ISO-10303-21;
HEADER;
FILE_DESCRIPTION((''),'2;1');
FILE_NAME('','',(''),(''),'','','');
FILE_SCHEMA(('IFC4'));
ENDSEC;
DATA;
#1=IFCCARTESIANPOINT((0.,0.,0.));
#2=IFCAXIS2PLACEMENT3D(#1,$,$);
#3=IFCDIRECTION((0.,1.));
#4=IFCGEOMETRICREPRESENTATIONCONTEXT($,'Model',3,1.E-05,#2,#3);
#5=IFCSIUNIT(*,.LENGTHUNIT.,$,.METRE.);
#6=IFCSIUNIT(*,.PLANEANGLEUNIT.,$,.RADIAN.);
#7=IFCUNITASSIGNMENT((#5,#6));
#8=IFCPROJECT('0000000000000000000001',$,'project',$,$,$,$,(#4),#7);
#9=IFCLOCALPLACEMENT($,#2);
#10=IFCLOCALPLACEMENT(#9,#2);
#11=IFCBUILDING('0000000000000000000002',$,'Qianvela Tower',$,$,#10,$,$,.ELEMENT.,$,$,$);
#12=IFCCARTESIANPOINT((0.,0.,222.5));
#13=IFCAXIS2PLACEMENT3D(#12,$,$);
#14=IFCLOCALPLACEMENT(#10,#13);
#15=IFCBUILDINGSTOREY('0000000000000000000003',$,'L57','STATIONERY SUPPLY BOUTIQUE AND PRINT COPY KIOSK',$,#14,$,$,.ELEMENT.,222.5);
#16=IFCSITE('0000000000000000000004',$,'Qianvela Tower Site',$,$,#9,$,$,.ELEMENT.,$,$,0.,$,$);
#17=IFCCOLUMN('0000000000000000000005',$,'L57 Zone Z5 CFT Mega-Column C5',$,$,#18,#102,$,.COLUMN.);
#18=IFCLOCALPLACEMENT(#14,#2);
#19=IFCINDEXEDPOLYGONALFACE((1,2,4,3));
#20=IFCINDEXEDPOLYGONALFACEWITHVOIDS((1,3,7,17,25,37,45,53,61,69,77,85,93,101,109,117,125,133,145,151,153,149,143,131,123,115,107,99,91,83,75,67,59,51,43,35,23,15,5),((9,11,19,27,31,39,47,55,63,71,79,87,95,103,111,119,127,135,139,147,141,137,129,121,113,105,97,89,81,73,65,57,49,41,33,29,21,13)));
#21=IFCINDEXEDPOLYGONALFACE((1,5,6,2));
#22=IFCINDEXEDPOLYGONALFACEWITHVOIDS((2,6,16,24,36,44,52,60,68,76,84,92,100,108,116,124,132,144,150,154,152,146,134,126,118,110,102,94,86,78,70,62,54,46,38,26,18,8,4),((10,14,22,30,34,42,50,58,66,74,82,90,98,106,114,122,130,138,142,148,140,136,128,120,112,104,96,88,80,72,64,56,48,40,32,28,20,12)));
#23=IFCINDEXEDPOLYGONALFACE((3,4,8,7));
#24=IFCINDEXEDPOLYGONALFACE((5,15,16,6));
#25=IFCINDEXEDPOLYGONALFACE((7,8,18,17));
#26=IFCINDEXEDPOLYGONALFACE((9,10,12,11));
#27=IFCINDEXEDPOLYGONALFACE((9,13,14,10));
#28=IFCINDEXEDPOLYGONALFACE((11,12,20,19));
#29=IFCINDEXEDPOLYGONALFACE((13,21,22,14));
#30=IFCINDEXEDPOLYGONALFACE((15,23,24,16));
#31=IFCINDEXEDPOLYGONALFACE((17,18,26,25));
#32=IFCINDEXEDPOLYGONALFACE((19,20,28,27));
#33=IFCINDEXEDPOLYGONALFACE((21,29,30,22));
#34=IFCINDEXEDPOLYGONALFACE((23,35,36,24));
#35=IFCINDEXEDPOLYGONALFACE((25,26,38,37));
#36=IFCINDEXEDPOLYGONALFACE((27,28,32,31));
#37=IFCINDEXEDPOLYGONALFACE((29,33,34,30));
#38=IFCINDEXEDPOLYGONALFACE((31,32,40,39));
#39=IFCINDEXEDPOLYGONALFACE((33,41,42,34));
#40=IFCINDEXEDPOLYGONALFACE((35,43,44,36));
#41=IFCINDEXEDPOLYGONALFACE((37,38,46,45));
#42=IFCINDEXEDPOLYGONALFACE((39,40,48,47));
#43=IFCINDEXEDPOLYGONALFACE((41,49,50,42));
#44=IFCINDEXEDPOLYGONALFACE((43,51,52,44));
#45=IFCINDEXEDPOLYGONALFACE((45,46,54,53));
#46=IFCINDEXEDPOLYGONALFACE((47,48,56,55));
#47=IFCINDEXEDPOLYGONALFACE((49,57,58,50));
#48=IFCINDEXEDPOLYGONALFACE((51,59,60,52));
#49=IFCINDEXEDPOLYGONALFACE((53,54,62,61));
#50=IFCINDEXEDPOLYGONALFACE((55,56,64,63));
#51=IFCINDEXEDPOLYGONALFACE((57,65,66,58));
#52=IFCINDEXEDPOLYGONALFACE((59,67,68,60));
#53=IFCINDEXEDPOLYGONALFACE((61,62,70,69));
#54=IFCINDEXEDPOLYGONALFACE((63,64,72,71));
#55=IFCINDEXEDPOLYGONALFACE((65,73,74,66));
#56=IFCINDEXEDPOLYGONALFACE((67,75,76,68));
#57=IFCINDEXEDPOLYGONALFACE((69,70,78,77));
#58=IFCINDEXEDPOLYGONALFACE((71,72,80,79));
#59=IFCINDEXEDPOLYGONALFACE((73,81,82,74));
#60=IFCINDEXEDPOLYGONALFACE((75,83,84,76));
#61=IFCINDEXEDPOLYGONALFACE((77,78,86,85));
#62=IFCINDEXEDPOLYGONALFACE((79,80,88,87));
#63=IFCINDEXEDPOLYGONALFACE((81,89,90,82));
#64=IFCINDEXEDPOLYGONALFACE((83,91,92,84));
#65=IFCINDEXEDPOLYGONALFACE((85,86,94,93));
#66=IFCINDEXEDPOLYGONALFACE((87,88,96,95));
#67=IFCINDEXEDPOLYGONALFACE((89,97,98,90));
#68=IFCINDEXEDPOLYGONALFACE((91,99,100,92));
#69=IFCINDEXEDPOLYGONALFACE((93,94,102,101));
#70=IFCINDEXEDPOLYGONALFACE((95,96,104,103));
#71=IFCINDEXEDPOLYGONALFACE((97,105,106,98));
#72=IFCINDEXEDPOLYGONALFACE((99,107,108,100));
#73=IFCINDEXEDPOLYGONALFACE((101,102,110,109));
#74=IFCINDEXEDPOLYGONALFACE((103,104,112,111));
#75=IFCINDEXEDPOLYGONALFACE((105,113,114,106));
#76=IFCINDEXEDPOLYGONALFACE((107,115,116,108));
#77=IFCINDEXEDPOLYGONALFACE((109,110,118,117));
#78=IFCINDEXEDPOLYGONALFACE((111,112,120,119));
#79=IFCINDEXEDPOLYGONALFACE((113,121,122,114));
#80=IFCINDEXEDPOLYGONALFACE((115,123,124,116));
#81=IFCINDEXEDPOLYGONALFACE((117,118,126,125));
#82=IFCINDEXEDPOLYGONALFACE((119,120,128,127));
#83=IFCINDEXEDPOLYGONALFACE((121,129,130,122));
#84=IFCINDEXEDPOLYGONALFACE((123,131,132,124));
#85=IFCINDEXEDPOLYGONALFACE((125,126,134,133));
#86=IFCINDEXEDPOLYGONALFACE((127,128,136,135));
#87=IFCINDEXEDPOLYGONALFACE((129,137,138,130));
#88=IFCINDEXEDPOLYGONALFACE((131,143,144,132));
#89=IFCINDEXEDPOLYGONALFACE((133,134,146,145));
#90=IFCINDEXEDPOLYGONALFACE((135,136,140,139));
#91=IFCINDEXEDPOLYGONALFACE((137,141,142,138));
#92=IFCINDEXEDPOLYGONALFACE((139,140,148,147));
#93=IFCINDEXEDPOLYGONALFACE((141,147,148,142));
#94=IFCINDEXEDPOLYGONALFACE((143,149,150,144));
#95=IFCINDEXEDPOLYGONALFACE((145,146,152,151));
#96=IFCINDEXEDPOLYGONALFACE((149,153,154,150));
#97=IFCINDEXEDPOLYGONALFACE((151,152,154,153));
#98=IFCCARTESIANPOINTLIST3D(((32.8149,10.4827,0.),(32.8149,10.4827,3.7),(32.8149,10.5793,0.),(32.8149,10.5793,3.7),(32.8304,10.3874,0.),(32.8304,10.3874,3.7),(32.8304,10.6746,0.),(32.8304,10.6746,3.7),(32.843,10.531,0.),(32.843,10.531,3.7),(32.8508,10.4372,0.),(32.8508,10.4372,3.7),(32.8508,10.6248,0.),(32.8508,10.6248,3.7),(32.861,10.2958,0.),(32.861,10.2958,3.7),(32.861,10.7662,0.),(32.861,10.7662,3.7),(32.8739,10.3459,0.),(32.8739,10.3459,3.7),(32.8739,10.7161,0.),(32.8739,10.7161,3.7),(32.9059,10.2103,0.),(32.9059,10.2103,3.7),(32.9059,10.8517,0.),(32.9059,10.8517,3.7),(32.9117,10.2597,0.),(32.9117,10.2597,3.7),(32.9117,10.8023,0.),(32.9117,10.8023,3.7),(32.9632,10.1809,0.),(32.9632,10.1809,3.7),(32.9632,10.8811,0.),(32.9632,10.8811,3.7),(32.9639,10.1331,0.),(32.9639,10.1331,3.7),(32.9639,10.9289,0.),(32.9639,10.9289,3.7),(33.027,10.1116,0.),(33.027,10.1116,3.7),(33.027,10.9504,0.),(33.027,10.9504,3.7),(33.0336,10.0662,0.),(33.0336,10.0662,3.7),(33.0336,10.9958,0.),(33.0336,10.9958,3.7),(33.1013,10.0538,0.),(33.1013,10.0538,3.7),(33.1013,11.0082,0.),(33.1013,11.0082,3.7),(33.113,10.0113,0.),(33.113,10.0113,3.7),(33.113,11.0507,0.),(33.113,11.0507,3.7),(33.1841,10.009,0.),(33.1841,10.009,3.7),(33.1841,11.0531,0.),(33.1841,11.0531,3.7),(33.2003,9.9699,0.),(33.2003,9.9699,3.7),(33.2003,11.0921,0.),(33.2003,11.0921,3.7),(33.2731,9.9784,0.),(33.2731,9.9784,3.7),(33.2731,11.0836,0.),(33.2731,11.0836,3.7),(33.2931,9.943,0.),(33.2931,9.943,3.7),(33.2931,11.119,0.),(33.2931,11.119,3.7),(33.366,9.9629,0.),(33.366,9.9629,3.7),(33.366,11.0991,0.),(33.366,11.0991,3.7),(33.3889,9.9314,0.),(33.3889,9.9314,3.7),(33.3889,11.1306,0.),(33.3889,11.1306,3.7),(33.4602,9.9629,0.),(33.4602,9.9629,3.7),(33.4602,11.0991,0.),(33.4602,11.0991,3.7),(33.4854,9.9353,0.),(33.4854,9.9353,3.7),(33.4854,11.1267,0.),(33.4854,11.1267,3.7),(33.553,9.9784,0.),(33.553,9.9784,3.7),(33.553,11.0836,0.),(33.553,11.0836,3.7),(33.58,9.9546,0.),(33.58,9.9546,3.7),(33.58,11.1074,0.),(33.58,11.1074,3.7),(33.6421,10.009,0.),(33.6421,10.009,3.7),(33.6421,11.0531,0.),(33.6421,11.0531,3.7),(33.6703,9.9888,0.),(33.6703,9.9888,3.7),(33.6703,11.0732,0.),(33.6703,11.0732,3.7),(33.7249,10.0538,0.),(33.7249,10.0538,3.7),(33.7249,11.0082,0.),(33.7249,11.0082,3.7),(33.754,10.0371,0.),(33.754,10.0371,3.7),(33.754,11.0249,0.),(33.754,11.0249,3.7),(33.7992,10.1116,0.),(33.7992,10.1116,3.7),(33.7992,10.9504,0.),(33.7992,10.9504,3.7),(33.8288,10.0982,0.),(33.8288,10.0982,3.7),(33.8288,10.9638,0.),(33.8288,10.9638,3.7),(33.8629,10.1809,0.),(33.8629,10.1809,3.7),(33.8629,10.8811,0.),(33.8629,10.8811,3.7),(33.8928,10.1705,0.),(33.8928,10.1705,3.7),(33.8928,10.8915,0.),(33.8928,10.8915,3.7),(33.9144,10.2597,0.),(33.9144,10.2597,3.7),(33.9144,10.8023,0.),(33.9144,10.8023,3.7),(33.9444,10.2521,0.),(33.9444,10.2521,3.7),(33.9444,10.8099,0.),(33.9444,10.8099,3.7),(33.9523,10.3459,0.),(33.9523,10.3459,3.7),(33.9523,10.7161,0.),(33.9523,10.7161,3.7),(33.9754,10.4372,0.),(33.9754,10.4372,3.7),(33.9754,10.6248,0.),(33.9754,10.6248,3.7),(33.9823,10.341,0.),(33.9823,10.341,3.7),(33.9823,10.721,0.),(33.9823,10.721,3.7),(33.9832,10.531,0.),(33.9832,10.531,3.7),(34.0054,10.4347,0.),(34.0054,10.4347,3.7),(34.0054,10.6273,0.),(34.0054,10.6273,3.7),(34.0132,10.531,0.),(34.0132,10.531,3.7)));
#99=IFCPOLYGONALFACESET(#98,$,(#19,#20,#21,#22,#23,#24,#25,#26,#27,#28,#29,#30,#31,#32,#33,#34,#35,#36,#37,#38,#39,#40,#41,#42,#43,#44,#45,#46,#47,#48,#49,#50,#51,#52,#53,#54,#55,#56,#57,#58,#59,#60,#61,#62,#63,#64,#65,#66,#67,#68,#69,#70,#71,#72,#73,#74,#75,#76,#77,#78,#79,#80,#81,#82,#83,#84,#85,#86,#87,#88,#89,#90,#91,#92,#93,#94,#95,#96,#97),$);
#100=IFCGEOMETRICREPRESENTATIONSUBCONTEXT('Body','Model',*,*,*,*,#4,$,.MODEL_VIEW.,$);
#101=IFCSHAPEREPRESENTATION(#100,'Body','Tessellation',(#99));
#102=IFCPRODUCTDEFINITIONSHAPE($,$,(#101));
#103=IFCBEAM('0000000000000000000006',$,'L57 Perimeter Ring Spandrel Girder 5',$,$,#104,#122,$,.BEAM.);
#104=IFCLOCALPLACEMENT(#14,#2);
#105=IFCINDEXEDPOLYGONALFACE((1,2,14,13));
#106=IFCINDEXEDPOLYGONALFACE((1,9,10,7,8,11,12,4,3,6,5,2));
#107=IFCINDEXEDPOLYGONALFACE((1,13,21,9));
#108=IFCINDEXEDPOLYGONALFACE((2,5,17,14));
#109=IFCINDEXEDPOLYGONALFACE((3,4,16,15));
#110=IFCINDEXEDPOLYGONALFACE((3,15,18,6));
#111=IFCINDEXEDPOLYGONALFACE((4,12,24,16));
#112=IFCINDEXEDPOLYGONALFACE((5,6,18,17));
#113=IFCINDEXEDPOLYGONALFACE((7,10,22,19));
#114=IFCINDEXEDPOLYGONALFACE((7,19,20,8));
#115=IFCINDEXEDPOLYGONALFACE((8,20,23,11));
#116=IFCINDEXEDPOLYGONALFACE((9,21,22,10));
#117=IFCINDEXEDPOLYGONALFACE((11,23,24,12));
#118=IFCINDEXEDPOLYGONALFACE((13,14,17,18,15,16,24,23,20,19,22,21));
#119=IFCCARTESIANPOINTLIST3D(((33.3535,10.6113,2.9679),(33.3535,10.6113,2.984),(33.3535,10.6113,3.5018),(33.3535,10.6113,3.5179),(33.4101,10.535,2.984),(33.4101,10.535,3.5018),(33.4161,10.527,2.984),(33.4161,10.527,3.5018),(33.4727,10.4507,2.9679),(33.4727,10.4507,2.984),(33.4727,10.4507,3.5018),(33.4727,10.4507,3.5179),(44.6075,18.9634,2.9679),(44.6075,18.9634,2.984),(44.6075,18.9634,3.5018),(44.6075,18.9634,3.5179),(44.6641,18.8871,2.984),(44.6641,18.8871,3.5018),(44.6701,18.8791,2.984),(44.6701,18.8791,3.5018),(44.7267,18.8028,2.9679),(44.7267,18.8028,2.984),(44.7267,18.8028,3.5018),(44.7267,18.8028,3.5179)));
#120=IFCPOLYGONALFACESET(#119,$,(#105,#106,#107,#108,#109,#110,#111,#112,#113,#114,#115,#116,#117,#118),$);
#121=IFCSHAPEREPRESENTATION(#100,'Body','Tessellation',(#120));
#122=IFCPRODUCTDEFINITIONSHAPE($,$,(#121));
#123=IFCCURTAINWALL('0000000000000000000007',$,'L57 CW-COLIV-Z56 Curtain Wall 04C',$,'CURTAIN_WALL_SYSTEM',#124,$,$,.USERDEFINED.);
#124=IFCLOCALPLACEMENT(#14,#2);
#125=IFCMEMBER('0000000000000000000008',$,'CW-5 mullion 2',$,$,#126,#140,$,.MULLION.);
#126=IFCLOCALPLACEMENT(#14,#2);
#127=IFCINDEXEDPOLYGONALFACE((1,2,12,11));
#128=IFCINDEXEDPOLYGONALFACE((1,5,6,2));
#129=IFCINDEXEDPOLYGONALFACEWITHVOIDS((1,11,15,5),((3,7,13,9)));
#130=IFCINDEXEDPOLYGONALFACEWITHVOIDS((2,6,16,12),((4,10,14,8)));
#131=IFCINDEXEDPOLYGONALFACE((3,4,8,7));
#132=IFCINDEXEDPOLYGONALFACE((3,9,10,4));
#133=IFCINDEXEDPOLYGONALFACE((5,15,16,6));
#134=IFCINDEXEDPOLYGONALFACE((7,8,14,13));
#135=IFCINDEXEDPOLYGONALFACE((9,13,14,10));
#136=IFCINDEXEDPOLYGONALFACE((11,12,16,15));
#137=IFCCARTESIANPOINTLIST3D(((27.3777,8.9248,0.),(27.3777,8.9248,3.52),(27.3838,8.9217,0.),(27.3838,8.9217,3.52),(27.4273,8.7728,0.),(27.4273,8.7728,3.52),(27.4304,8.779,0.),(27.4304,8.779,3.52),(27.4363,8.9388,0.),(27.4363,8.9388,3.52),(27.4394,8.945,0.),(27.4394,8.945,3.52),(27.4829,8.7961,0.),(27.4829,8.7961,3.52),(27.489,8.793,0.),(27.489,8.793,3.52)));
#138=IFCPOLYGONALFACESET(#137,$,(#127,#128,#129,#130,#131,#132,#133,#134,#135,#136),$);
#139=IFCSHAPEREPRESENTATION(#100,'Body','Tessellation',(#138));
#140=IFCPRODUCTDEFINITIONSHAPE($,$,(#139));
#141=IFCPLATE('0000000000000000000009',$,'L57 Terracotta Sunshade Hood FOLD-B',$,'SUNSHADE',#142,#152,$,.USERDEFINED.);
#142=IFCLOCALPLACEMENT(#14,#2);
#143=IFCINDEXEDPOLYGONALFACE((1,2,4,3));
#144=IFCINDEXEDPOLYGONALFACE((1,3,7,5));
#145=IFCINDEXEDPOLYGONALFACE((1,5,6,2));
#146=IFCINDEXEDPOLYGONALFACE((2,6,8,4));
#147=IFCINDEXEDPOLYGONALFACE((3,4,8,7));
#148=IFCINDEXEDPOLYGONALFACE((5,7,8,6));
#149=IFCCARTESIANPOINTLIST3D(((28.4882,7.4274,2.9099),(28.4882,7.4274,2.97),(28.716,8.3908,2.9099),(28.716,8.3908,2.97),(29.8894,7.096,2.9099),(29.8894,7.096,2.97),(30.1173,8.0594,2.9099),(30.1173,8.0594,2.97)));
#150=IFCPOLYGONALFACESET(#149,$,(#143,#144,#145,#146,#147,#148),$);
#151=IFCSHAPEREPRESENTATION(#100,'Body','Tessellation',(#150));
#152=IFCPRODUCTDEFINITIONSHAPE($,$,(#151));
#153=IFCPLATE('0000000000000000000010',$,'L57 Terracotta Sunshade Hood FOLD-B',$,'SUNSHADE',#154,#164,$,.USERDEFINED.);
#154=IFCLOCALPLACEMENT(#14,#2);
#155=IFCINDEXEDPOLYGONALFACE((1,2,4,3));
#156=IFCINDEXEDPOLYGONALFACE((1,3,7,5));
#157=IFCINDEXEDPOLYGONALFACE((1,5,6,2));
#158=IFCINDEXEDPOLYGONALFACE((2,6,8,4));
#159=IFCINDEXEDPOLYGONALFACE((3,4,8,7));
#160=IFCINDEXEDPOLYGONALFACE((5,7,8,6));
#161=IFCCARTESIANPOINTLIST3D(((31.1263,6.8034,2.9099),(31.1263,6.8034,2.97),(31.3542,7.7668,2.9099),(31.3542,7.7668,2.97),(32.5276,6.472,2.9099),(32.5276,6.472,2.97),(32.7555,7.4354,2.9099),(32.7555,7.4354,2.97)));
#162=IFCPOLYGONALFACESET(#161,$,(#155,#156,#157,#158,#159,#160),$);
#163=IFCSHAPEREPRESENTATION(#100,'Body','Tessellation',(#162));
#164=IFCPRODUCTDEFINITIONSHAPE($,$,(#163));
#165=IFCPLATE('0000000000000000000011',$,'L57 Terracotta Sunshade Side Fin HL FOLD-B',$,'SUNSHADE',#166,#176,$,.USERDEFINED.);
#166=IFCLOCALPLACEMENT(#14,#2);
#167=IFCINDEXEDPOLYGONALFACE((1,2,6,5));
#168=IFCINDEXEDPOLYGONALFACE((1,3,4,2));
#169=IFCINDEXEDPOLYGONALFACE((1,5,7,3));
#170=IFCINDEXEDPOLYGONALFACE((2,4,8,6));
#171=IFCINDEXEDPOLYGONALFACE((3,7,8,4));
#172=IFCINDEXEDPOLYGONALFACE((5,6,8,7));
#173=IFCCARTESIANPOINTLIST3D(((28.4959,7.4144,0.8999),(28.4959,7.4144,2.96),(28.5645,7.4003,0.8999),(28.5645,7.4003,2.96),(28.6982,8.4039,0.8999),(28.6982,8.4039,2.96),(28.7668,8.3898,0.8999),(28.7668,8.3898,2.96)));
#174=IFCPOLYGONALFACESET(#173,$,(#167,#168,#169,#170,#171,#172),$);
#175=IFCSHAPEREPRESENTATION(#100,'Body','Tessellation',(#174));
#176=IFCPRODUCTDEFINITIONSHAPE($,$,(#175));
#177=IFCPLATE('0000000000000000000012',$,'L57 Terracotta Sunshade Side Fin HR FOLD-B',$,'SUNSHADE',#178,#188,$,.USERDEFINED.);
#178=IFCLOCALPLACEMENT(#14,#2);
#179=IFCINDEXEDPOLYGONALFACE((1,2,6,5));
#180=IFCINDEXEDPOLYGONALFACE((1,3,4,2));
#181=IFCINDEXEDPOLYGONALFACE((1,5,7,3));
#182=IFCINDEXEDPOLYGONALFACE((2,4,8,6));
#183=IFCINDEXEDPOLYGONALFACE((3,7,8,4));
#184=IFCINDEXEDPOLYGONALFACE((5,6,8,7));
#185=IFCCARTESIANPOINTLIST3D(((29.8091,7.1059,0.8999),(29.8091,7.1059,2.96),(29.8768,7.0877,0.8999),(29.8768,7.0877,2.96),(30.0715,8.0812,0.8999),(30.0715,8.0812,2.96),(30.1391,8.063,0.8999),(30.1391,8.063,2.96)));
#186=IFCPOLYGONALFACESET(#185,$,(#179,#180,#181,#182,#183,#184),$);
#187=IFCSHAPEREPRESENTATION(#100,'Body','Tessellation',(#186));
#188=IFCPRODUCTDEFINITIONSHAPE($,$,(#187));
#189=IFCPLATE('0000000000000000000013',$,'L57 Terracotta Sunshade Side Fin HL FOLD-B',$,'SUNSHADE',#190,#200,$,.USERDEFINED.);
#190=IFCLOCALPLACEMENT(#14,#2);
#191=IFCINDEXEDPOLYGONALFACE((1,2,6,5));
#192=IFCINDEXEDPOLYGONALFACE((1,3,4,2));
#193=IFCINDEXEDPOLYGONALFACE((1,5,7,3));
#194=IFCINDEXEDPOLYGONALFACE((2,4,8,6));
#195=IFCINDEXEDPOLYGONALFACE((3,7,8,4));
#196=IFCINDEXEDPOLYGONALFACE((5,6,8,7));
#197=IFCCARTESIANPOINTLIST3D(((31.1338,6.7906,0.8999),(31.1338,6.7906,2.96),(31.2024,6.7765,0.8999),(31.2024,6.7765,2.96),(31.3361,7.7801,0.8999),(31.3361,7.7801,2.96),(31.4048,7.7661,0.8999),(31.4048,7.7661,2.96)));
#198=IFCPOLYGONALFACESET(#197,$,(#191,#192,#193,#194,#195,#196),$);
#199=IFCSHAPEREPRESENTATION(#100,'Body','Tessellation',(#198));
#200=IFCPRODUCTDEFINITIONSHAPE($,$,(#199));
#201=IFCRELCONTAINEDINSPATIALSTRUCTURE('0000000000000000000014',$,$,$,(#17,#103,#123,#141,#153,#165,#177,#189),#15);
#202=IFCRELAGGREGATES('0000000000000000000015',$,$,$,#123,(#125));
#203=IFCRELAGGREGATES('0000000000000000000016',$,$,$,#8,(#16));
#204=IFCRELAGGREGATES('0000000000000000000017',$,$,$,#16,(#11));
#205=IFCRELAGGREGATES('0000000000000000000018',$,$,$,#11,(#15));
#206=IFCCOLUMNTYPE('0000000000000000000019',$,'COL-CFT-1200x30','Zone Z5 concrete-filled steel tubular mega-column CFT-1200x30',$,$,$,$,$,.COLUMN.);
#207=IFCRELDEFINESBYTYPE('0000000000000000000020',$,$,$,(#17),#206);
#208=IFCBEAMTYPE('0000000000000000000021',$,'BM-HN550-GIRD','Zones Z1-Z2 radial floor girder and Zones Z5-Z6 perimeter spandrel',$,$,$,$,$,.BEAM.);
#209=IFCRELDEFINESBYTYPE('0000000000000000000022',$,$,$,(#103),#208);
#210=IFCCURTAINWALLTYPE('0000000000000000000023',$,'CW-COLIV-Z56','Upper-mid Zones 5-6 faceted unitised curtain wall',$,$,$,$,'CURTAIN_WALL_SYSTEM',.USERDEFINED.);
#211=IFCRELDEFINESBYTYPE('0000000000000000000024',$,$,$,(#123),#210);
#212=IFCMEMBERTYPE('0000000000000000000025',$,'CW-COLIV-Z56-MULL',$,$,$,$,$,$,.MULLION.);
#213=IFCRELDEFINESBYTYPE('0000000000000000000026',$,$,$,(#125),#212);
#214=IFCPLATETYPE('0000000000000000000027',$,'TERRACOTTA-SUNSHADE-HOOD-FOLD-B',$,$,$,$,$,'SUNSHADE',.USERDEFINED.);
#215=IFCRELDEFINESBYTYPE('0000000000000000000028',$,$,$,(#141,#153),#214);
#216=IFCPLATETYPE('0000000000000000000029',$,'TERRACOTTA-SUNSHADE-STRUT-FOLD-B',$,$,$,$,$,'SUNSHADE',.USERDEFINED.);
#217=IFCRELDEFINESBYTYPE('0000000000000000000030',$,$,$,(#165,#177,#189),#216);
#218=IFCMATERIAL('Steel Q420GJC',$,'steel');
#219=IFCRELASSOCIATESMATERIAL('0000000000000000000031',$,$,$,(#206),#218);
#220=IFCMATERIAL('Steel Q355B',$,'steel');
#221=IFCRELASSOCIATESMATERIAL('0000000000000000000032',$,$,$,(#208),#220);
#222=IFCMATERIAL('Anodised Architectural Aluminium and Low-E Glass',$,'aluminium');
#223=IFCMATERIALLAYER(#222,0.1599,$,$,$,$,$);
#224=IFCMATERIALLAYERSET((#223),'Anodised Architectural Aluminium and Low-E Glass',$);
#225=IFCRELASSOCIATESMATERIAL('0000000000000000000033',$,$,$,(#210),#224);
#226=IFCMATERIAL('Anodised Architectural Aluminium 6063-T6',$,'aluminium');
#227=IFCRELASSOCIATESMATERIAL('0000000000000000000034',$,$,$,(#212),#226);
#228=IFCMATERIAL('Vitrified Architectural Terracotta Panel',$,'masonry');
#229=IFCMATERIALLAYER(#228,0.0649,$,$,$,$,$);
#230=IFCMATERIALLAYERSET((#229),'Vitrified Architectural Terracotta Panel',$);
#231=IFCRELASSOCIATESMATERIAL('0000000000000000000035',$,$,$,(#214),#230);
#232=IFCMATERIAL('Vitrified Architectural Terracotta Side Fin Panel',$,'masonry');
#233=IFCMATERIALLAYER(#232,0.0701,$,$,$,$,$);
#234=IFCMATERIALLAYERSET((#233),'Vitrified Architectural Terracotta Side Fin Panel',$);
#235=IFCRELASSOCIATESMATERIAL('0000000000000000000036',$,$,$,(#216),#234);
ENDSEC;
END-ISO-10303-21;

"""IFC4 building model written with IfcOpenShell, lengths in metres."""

from ifc_helpers import new_model, si_unit, direction, frame, origin, origin_2d, place, context, subcontext, project, spatial, rectangle, hollow_rectangle, hollow_circle, i_section, extrude, material, layer, layer_set, material_profile, profile_set, type_object, element, aggregate, save


model = new_model("IFC4")

# Units and contexts
model_context = context("Model", 3, precision=1e-05, world=origin(), true_north=direction((0.0, 1.0)))
body_context = subcontext(model_context, "Body", "Model", "MODEL_VIEW")
ifc_project = project(units=[si_unit("LENGTHUNIT", "METRE"), si_unit("PLANEANGLEUNIT", "RADIAN")], contexts=[model_context])

# Site, building, storey
site_placement = place(None, origin())
site = spatial("IfcSite", under=ifc_project, at=site_placement, Name="Qianvela Tower Site", CompositionType="ELEMENT", RefElevation=0.0)
building_placement = place(site_placement, origin())
building = spatial("IfcBuilding", under=site, at=building_placement, Name="Qianvela Tower", CompositionType="ELEMENT")
storey_placement = place(building_placement, frame((0.0, 0.0, 222.5)))
storey = spatial("IfcBuildingStorey", under=building, at=storey_placement, Name="L57", Description="STATIONERY SUPPLY BOUTIQUE AND PRINT COPY KIOSK", CompositionType="ELEMENT", Elevation=222.5)

# Column
ifc_material_1 = material(Name="Steel Q420GJC", Category="steel")
ifc_material_profile_1 = material_profile(ifc_material_1, hollow_circle(Radius=0.6001, WallThickness=0.03, at=origin_2d()), Name="CFT-1200x30")
ifc_profile_set_1 = profile_set([ifc_material_profile_1], Name="Steel Q420GJC")
column_type = type_object("IfcColumnType", Name="COL-CFT-1200x30", Description="Zone Z5 concrete-filled steel tubular mega-column CFT-1200x30", PredefinedType="COLUMN", material=ifc_profile_set_1)
column_placement = place(storey_placement, frame((33.4131, 10.531, 0.0), z_axis=(0.0, 0.0, 1.0), x_axis=(1.0, 0.0, 0.0)))
element("IfcColumn", 1, at=column_placement, inside=storey, type_object=column_type, Name="L57 Zone Z5 CFT Mega-Column C5", PredefinedType="COLUMN", context=body_context, shape_type="SweptSolid", body=[
    extrude(hollow_circle(Radius=0.6001, WallThickness=0.03, at=origin_2d()), origin(), (0.0, 0.0, 1.0), 3.7),
])

# Beam
ifc_material_2 = material(Name="Steel Q355B", Category="steel")
ifc_material_profile_2 = material_profile(ifc_material_2, i_section(OverallWidth=0.2, OverallDepth=0.55, WebThickness=0.01, FlangeThickness=0.0161, at=origin_2d()), Name="HN550x200x10x16")
ifc_profile_set_2 = profile_set([ifc_material_profile_2], Name="Steel Q355B")
beam_type = type_object("IfcBeamType", Name="BM-HN550-GIRD", Description="Zones Z1-Z2 radial floor girder and Zones Z5-Z6 perimeter spandrel", PredefinedType="BEAM", material=ifc_profile_set_2)
beam_placement = place(storey_placement, frame((33.4131, 10.531, 3.2429), z_axis=(0.803017, 0.595956, 0.0), x_axis=(-0.595956, 0.803017, 0.0)))
element("IfcBeam", 2, at=beam_placement, inside=storey, type_object=beam_type, Name="L57 Perimeter Ring Spandrel Girder 5", PredefinedType="BEAM", context=body_context, shape_type="SweptSolid", body=[
    extrude(i_section(OverallWidth=0.2, OverallDepth=0.55, WebThickness=0.01, FlangeThickness=0.0161, at=origin_2d()), origin(), (0.0, 0.0, 1.0), 14.0146),
])

# Curtain wall, member
ifc_material_3 = material(Name="Anodised Architectural Aluminium and Low-E Glass", Category="aluminium")
ifc_layer_1 = layer(ifc_material_3, 0.1599)
ifc_layer_set_1 = layer_set([ifc_layer_1], Name="Anodised Architectural Aluminium and Low-E Glass")
curtain_wall_type = type_object("IfcCurtainWallType", Name="CW-COLIV-Z56", Description="Upper-mid Zones 5-6 faceted unitised curtain wall", ElementType="CURTAIN_WALL_SYSTEM", PredefinedType="USERDEFINED", material=ifc_layer_set_1)
curtain_wall_placement = place(storey_placement, origin())
curtain_wall = element("IfcCurtainWall", 3, at=curtain_wall_placement, inside=storey, type_object=curtain_wall_type, Name="L57 CW-COLIV-Z56 Curtain Wall 04C", ObjectType="CURTAIN_WALL_SYSTEM", PredefinedType="USERDEFINED")
ifc_material_4 = material(Name="Anodised Architectural Aluminium 6063-T6", Category="aluminium")
ifc_material_profile_3 = material_profile(ifc_material_4, hollow_rectangle(XDim=0.0649, YDim=0.1599, WallThickness=0.0049, at=origin_2d()), Name="ALU-MULL-65x160")
ifc_profile_set_3 = profile_set([ifc_material_profile_3], Name="Anodised Architectural Aluminium 6063-T6")
member_type = type_object("IfcMemberType", Name="CW-COLIV-Z56-MULL", PredefinedType="MULLION", material=ifc_profile_set_3)
member_placement = place(storey_placement, frame((27.4333, 8.8589, 0.0), z_axis=(0.0, 0.0, 1.0), x_axis=(0.950625, 0.310343, 0.0)))
member = element("IfcMember", 4, at=member_placement, type_object=member_type, Name="CW-5 mullion 2", PredefinedType="MULLION", context=body_context, shape_type="SweptSolid", body=[
    extrude(hollow_rectangle(XDim=0.0649, YDim=0.1599, WallThickness=0.0049, at=origin_2d()), origin(), (0.0, 0.0, 1.0), 3.52),
])
aggregate(curtain_wall, [member])

# Plates
ifc_material_5 = material(Name="Vitrified Architectural Terracotta Panel", Category="masonry")
ifc_layer_2 = layer(ifc_material_5, 0.0649)
ifc_layer_set_2 = layer_set([ifc_layer_2], Name="Vitrified Architectural Terracotta Panel")
plate_type_1 = type_object("IfcPlateType", Name="TERRACOTTA-SUNSHADE-HOOD-FOLD-B", ElementType="SUNSHADE", PredefinedType="USERDEFINED", material=ifc_layer_set_2)
for number, where, z_axis, x_axis, name in (
    (5, (29.3027, 7.7434, 2.9099), (0.0, 0.0, 1.0), (0.973152, -0.230162, 0.0), "L57 Terracotta Sunshade Hood FOLD-B"),
    (6, (31.9409, 7.1194, 2.9099), (0.0, 0.0, 1.0), (0.973152, -0.230162, 0.0), "L57 Terracotta Sunshade Hood FOLD-B"),
):
    element("IfcPlate", number, at=place(storey_placement, frame(where, z_axis=z_axis, x_axis=x_axis)), inside=storey, type_object=plate_type_1, Name=name, ObjectType="SUNSHADE", PredefinedType="USERDEFINED", context=body_context, shape_type="SweptSolid", body=[
        extrude(rectangle(XDim=1.4399, YDim=0.99, at=origin_2d()), origin(), (0.0, 0.0, 1.0), 0.0601),
    ])
ifc_material_6 = material(Name="Vitrified Architectural Terracotta Side Fin Panel", Category="masonry")
ifc_layer_3 = layer(ifc_material_6, 0.0701)
ifc_layer_set_3 = layer_set([ifc_layer_3], Name="Vitrified Architectural Terracotta Side Fin Panel")
plate_type_2 = type_object("IfcPlateType", Name="TERRACOTTA-SUNSHADE-STRUT-FOLD-B", ElementType="SUNSHADE", PredefinedType="USERDEFINED", material=ifc_layer_set_3)
for number, where, z_axis, x_axis, name in (
    (7, (28.6313, 7.9021, 0.8999), (0.0, 0.0, 1.0), (0.979727, -0.200336, 0.0), "L57 Terracotta Sunshade Side Fin HL FOLD-B"),
    (8, (29.9741, 7.5845, 0.8999), (0.0, 0.0, 1.0), (0.96567, -0.259773, 0.0), "L57 Terracotta Sunshade Side Fin HR FOLD-B"),
    (9, (31.2693, 7.2783, 0.8999), (0.0, 0.0, 1.0), (0.979727, -0.200336, 0.0), "L57 Terracotta Sunshade Side Fin HL FOLD-B"),
):
    element("IfcPlate", number, at=place(storey_placement, frame(where, z_axis=z_axis, x_axis=x_axis)), inside=storey, type_object=plate_type_2, Name=name, ObjectType="SUNSHADE", PredefinedType="USERDEFINED", context=body_context, shape_type="SweptSolid", body=[
        extrude(rectangle(XDim=0.0701, YDim=1.01, at=origin_2d()), origin(), (0.0, 0.0, 1.0), 2.0601),
    ])

save(model, "model.ifc")
